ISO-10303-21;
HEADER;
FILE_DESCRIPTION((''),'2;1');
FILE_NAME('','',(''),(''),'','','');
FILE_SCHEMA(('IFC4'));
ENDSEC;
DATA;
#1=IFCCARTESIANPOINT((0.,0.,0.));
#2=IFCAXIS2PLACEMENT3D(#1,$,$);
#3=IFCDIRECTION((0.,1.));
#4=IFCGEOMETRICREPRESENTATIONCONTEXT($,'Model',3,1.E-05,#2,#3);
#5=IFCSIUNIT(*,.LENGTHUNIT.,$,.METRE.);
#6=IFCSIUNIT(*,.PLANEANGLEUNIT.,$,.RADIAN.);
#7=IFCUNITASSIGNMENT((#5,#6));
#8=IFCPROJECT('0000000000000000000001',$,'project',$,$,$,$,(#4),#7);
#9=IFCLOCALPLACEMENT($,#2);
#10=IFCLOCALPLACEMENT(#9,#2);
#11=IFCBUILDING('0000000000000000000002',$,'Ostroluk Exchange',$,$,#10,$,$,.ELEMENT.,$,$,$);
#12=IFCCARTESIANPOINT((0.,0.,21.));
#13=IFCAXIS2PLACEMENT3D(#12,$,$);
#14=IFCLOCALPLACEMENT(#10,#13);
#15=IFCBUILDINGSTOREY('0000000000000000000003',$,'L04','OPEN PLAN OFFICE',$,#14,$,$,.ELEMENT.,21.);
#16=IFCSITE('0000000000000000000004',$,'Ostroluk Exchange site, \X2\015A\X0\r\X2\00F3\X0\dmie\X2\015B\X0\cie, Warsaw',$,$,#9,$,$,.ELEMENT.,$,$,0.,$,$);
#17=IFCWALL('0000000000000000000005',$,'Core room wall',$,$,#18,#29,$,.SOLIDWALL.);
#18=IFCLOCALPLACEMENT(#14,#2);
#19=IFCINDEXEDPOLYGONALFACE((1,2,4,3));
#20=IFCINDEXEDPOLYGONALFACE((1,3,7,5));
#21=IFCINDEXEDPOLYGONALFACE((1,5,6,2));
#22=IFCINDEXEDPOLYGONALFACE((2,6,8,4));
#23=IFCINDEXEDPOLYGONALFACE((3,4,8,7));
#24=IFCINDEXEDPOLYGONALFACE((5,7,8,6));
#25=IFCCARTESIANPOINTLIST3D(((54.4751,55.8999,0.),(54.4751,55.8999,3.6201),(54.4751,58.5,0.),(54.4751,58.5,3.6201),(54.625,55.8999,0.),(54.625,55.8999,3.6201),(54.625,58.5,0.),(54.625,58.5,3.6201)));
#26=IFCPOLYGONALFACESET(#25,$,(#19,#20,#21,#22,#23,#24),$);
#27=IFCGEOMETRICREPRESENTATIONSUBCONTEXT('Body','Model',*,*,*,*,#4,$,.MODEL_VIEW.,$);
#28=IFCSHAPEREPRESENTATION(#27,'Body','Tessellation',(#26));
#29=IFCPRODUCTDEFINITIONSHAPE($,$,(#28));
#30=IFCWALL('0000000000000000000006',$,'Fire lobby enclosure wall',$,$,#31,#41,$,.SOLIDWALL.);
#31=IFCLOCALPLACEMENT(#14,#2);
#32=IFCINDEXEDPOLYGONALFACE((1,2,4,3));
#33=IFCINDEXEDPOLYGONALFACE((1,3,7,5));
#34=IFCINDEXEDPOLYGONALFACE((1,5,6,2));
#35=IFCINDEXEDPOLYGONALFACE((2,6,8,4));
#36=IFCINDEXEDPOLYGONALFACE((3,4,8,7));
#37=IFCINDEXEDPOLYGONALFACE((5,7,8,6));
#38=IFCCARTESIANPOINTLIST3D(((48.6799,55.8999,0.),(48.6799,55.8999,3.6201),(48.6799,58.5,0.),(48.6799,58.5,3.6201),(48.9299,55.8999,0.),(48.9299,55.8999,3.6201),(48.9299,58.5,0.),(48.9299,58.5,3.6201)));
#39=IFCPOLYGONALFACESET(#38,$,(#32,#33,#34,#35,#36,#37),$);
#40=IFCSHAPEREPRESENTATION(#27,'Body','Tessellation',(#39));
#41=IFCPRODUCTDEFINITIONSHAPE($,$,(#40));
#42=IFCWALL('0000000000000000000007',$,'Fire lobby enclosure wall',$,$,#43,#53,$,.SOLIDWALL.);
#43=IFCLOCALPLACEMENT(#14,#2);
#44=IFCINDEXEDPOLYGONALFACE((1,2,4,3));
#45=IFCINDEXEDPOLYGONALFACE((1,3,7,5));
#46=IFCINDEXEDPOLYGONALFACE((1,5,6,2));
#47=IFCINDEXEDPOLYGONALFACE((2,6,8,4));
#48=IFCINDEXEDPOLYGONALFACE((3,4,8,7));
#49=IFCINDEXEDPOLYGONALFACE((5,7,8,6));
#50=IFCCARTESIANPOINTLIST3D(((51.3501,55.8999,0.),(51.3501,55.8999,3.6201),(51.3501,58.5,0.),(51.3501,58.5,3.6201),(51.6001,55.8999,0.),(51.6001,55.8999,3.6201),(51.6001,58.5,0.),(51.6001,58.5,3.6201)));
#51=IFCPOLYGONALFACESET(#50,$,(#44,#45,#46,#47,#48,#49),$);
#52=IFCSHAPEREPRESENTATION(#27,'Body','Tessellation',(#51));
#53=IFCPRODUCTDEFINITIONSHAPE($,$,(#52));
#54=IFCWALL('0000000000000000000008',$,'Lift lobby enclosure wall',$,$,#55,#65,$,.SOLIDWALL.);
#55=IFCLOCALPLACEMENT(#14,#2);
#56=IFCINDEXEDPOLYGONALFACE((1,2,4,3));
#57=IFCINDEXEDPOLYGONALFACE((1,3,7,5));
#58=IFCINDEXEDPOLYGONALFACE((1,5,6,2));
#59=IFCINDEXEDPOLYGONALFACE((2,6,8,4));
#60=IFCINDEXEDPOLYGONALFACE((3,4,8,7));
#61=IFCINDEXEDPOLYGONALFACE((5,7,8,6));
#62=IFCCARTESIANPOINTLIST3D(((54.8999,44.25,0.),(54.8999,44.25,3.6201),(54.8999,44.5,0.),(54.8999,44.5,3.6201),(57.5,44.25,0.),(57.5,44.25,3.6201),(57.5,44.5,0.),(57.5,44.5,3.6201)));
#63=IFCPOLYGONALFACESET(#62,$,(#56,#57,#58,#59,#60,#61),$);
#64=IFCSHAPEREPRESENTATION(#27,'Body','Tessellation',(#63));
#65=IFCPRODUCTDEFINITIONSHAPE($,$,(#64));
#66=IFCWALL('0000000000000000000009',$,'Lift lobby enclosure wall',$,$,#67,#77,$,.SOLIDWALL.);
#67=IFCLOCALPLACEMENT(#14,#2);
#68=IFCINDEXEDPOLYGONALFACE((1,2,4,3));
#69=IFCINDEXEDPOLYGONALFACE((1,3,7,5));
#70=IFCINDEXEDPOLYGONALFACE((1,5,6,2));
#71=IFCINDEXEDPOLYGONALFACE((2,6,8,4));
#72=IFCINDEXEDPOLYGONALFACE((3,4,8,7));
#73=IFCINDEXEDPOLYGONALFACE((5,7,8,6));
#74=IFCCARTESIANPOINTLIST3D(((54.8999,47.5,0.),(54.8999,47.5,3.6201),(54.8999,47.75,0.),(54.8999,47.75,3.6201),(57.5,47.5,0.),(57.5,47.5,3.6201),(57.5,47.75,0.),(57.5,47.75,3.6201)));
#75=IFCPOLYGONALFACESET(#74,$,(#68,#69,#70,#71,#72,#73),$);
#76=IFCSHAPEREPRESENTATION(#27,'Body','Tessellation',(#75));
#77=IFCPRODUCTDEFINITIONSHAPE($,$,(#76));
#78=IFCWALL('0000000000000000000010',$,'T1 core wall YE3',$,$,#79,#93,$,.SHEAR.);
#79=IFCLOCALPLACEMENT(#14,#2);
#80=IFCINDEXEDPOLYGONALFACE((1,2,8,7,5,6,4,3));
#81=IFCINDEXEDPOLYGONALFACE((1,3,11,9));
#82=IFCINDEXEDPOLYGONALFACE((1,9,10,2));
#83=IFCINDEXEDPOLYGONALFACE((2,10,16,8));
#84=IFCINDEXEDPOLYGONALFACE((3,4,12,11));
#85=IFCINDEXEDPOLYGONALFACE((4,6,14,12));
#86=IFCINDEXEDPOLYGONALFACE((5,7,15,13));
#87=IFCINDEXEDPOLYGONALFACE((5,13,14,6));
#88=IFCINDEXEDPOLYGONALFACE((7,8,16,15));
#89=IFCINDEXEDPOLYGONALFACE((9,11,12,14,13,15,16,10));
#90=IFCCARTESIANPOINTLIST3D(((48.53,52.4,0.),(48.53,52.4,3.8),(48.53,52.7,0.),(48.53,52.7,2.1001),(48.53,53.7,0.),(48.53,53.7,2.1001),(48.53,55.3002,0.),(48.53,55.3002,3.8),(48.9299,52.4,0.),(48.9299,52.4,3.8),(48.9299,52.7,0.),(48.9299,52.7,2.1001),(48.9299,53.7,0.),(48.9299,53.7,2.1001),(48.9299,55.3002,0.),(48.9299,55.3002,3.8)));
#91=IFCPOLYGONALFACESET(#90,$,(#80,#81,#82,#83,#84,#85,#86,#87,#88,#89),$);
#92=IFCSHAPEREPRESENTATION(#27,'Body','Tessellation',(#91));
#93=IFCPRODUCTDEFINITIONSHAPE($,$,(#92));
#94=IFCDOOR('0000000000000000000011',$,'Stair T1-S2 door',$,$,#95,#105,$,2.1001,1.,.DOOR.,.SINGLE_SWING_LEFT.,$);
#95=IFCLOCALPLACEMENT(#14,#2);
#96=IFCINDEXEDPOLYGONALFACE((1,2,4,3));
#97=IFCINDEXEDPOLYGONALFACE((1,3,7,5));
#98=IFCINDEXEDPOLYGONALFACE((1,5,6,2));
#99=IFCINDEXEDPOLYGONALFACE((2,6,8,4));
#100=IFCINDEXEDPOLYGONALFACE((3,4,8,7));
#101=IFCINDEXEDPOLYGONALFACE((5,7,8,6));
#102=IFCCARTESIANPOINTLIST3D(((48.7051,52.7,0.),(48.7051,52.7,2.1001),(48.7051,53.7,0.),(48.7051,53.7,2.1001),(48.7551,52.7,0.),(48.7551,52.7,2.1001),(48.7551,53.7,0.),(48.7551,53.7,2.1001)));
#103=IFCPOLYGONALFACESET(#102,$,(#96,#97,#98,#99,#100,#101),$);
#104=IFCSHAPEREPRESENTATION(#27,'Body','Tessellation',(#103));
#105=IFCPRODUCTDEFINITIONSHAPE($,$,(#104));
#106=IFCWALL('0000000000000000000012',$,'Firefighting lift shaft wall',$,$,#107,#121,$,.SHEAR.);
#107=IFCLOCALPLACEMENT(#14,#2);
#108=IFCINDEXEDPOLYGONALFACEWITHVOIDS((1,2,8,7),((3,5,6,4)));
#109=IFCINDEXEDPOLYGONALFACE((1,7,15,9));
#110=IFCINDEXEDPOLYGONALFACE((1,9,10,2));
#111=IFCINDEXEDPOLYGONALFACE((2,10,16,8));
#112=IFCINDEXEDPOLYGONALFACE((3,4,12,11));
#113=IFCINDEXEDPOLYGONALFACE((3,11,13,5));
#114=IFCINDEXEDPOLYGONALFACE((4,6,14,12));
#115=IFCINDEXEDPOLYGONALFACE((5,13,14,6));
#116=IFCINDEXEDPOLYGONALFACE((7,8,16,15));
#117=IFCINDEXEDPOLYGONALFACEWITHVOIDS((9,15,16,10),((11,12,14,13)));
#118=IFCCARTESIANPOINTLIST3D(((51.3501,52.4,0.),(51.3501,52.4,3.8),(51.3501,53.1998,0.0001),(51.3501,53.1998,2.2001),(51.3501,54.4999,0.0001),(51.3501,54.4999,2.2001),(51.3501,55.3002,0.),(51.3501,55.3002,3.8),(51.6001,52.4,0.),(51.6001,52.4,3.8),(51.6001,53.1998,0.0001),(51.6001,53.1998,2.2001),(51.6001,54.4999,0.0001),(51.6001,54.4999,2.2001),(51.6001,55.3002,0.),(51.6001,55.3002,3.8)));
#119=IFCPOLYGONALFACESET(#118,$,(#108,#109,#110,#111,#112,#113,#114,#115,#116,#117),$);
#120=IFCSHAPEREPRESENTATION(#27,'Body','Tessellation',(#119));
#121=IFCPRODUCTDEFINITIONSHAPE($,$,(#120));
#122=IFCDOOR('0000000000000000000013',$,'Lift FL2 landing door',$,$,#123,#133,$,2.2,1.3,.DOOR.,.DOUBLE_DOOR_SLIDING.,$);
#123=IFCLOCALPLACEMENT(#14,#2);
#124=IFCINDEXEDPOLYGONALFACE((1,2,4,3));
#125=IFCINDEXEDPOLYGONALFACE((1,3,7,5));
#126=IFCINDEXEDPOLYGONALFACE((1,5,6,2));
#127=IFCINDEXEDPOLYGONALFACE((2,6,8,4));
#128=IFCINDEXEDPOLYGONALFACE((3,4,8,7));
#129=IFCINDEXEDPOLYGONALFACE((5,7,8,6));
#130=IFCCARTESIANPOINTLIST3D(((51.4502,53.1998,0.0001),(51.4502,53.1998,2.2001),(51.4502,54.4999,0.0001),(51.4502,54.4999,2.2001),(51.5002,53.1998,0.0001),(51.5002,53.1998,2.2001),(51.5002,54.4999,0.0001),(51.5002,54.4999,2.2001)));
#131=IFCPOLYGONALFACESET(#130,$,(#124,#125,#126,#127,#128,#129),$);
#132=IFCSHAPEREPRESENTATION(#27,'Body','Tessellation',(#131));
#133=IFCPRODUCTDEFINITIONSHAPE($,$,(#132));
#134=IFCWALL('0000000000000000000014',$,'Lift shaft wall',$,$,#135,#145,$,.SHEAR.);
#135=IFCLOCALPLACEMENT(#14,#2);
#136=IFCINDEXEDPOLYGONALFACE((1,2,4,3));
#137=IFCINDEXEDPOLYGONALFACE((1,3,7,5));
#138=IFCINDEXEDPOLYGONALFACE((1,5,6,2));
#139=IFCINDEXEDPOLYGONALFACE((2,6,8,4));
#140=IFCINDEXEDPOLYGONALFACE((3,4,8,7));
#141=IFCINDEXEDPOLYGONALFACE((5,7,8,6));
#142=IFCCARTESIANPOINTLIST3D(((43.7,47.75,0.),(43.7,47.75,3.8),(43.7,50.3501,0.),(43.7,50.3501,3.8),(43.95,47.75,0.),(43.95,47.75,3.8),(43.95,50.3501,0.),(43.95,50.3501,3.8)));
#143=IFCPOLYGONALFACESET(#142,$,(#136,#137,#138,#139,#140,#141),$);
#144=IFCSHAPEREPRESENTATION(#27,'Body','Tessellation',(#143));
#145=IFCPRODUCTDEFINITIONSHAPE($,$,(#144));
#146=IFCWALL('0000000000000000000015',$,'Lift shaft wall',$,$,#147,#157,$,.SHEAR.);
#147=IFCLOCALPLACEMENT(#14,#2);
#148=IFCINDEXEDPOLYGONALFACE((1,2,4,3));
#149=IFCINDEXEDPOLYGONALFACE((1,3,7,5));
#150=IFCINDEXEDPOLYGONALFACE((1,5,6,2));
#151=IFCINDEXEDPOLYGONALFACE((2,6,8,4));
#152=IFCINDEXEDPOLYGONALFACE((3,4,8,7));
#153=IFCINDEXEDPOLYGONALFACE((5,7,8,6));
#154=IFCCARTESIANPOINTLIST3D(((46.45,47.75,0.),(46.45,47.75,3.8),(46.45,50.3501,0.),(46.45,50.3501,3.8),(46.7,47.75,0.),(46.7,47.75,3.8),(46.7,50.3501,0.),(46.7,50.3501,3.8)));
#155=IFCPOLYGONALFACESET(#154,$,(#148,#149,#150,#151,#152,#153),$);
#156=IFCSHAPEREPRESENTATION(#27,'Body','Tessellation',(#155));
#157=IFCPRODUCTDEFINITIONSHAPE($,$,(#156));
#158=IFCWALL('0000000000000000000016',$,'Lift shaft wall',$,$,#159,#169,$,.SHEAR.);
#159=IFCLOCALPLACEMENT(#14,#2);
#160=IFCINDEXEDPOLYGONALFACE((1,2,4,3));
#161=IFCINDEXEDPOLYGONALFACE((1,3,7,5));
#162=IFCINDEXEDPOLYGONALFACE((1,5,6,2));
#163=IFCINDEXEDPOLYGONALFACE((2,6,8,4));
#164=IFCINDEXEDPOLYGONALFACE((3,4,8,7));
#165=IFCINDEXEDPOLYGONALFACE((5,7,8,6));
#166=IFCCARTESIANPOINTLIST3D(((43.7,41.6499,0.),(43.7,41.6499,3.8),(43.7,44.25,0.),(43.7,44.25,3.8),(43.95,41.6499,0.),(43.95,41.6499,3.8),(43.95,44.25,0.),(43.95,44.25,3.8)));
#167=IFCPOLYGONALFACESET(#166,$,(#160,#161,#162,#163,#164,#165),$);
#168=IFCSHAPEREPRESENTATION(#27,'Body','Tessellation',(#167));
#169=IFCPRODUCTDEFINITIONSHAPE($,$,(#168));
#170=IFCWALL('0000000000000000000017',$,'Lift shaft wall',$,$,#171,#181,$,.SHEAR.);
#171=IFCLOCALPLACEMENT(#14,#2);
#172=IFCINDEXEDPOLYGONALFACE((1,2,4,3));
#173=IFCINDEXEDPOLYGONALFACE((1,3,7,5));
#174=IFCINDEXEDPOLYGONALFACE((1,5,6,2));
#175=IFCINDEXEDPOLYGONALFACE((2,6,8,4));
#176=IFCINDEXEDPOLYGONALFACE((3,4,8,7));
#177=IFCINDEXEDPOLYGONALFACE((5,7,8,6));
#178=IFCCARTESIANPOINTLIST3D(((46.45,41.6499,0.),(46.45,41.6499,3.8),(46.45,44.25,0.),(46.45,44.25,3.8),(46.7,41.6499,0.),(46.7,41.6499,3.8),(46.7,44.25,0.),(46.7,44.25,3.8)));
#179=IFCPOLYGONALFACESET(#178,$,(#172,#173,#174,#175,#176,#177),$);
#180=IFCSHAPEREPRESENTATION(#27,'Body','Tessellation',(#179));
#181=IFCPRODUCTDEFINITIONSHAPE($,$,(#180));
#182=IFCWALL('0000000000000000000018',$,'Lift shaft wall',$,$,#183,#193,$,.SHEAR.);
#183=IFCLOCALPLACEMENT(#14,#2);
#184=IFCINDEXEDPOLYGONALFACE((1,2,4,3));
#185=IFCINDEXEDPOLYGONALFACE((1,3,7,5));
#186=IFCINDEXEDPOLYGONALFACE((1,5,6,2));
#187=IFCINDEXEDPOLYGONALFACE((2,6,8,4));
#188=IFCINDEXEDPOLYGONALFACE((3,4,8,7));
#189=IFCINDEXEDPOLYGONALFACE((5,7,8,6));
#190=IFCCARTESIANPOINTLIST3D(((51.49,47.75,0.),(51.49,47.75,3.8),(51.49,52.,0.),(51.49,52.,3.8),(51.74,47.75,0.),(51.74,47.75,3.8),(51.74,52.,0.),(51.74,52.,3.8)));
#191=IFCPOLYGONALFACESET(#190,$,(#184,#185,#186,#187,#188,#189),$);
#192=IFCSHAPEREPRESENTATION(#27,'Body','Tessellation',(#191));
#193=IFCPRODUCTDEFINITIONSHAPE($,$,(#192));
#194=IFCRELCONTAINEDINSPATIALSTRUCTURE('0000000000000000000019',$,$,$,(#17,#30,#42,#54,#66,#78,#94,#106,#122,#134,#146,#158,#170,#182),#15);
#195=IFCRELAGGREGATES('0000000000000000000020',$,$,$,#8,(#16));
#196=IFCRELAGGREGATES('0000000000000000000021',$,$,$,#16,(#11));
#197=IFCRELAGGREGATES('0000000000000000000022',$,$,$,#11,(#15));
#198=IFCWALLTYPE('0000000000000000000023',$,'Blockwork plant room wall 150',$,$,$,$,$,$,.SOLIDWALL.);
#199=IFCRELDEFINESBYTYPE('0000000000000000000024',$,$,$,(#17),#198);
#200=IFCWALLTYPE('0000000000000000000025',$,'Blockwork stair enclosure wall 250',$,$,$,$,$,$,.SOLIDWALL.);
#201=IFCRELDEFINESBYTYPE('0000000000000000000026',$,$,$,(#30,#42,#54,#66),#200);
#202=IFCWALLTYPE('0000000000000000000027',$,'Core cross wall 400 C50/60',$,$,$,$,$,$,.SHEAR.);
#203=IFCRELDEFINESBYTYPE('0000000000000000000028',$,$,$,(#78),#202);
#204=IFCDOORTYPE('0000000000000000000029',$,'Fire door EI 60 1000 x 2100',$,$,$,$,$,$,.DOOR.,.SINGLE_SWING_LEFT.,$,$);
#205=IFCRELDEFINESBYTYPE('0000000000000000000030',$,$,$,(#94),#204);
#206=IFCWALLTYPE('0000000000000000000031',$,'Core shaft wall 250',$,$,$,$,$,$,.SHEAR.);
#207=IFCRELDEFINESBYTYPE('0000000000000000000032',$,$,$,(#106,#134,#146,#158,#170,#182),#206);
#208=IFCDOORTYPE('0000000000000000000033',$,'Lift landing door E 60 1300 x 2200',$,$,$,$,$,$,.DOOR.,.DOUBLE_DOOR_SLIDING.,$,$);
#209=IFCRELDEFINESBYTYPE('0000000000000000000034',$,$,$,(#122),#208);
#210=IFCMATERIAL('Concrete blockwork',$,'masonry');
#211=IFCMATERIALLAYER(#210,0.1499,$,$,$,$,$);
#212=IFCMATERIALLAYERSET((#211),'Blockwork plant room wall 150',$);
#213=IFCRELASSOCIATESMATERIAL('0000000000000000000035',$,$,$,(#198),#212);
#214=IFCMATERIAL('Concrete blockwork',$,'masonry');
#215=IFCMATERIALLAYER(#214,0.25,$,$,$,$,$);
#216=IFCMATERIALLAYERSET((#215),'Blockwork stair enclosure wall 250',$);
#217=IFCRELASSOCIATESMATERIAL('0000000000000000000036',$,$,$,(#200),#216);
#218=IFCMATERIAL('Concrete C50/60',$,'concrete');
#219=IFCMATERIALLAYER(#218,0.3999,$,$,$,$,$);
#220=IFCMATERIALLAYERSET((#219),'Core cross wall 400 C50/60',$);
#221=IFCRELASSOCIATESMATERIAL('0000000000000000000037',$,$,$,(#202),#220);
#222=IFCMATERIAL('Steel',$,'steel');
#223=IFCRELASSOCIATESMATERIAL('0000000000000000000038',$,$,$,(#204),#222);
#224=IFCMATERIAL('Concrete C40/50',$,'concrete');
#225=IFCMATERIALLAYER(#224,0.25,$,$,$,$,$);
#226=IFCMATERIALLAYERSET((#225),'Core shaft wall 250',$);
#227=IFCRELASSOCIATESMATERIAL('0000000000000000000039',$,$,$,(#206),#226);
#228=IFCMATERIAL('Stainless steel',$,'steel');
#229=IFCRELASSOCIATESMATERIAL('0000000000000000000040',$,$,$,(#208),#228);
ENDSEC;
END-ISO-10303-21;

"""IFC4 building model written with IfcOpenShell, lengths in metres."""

from ifc_helpers import new_model, si_unit, direction, frame, frame_2d, origin, place, context, subcontext, project, spatial, rectangle, extrude, material, layer, layer_set, type_object, element, fill, save


model = new_model("IFC4")

# Units and contexts
model_context = context("Model", 3, precision=1e-05, world=origin(), true_north=direction((0.0, 1.0)))
body_context = subcontext(model_context, "Body", "Model", "MODEL_VIEW")
ifc_project = project(units=[si_unit("LENGTHUNIT", "METRE"), si_unit("PLANEANGLEUNIT", "RADIAN")], contexts=[model_context])

# Site, building, storey
site_placement = place(None, origin())
site = spatial("IfcSite", under=ifc_project, at=site_placement, Name="Ostroluk Exchange site, Śródmieście, Warsaw", CompositionType="ELEMENT", RefElevation=0.0)
building_placement = place(site_placement, origin())
building = spatial("IfcBuilding", under=site, at=building_placement, Name="Ostroluk Exchange", CompositionType="ELEMENT")
storey_placement = place(building_placement, frame((0.0, 0.0, 21.0)))
storey = spatial("IfcBuildingStorey", under=building, at=storey_placement, Name="L04", Description="OPEN PLAN OFFICE", CompositionType="ELEMENT", Elevation=21.0)

# Walls
ifc_material_1 = material(Name="Concrete blockwork", Category="masonry")
ifc_layer_1 = layer(ifc_material_1, 0.1499)
ifc_layer_set_1 = layer_set([ifc_layer_1], Name="Blockwork plant room wall 150")
wall_type_1 = type_object("IfcWallType", Name="Blockwork plant room wall 150", PredefinedType="SOLIDWALL", material=ifc_layer_set_1)
wall_1_placement = place(storey_placement, frame((54.55, 55.8999, 0.0), z_axis=(0.0, 0.0, 1.0), x_axis=(0.0, 1.0, 0.0)))
element("IfcWall", 1, at=wall_1_placement, inside=storey, type_object=wall_type_1, Name="Core room wall", PredefinedType="SOLIDWALL", context=body_context, shape_type="SweptSolid", body=[
    extrude(rectangle(XDim=2.6001, YDim=0.1499, at=frame_2d((1.3, 0.0))), origin(), (0.0, 0.0, 1.0), 3.6201),
])
ifc_material_2 = material(Name="Concrete blockwork", Category="masonry")
ifc_layer_2 = layer(ifc_material_2, 0.25)
ifc_layer_set_2 = layer_set([ifc_layer_2], Name="Blockwork stair enclosure wall 250")
wall_type_2 = type_object("IfcWallType", Name="Blockwork stair enclosure wall 250", PredefinedType="SOLIDWALL", material=ifc_layer_set_2)
for number, where, z_axis, x_axis, name in (
    (2, (48.8049, 55.8999, 0.0), (0.0, 0.0, 1.0), (0.0, 1.0, 0.0), "Fire lobby enclosure wall"),
    (3, (51.4751, 55.8999, 0.0), (0.0, 0.0, 1.0), (0.0, 1.0, 0.0), "Fire lobby enclosure wall"),
    (4, (54.8999, 44.375, 0.0), (0.0, 0.0, 1.0), (1.0, 0.0, 0.0), "Lift lobby enclosure wall"),
    (5, (54.8999, 47.625, 0.0), (0.0, 0.0, 1.0), (1.0, 0.0, 0.0), "Lift lobby enclosure wall"),
):
    element("IfcWall", number, at=place(storey_placement, frame(where, z_axis=z_axis, x_axis=x_axis)), inside=storey, type_object=wall_type_2, Name=name, PredefinedType="SOLIDWALL", context=body_context, shape_type="SweptSolid", body=[
        extrude(rectangle(XDim=2.6001, YDim=0.25, at=frame_2d((1.3, 0.0))), origin(), (0.0, 0.0, 1.0), 3.6201),
    ])

# Walls, openings, doors
ifc_material_3 = material(Name="Concrete C50/60", Category="concrete")
ifc_layer_3 = layer(ifc_material_3, 0.3999)
ifc_layer_set_3 = layer_set([ifc_layer_3], Name="Core cross wall 400 C50/60")
wall_type_3 = type_object("IfcWallType", Name="Core cross wall 400 C50/60", PredefinedType="SHEAR", material=ifc_layer_set_3)
wall_2_placement = place(storey_placement, frame((48.73, 52.3999, 0.0), z_axis=(0.0, 0.0, 1.0), x_axis=(0.0, 1.0, 0.0)))
wall_2 = element("IfcWall", 6, at=wall_2_placement, inside=storey, type_object=wall_type_3, Name="T1 core wall YE3", PredefinedType="SHEAR", context=body_context, shape_type="SweptSolid", body=[
    extrude(rectangle(XDim=2.9001, YDim=0.3999, at=frame_2d((1.4502, 0.0))), origin(), (0.0, 0.0, 1.0), 3.8),
])
opening_1_placement = place(wall_2_placement, frame((0.3, 0.0, 0.0)))
opening_1 = element("IfcOpeningElement", 7, at=opening_1_placement, cuts=wall_2, PredefinedType="OPENING", context=body_context, shape_type="SweptSolid", body=[
    extrude(rectangle(XDim=1.0, YDim=2.1001, at=frame_2d((0.5, 1.05))), frame((0.0, 0.21, 0.0), z_axis=(0.0, -1.0, 0.0), x_axis=(1.0, 0.0, 0.0)), (0.0, 0.0, 1.0), 0.4199),
])
ifc_material_4 = material(Name="Steel", Category="steel")
door_type_1 = type_object("IfcDoorType", Name="Fire door EI 60 1000 x 2100", OperationType="SINGLE_SWING_LEFT", PredefinedType="DOOR", material=ifc_material_4)
door_1_placement = place(opening_1_placement, origin())
door_1 = element("IfcDoor", 8, at=door_1_placement, inside=storey, type_object=door_type_1, Name="Stair T1-S2 door", OperationType="SINGLE_SWING_LEFT", OverallHeight=2.1001, OverallWidth=1.0, PredefinedType="DOOR", context=body_context, shape_type="SweptSolid", body=[
    extrude(rectangle(XDim=1.0, YDim=2.1001, at=frame_2d((0.5, 1.05))), frame((0.0, 0.0249, 0.0), z_axis=(0.0, -1.0, 0.0), x_axis=(1.0, 0.0, 0.0)), (0.0, 0.0, 1.0), 0.05),
])
fill(opening_1, door_1)
ifc_material_5 = material(Name="Concrete C40/50", Category="concrete")
ifc_layer_4 = layer(ifc_material_5, 0.25)
ifc_layer_set_4 = layer_set([ifc_layer_4], Name="Core shaft wall 250")
wall_type_4 = type_object("IfcWallType", Name="Core shaft wall 250", PredefinedType="SHEAR", material=ifc_layer_set_4)
wall_3_placement = place(storey_placement, frame((51.4751, 52.3999, 0.0), z_axis=(0.0, 0.0, 1.0), x_axis=(0.0, 1.0, 0.0)))
wall_3 = element("IfcWall", 9, at=wall_3_placement, inside=storey, type_object=wall_type_4, Name="Firefighting lift shaft wall", PredefinedType="SHEAR", context=body_context, shape_type="SweptSolid", body=[
    extrude(rectangle(XDim=2.9001, YDim=0.25, at=frame_2d((1.4502, 0.0))), origin(), (0.0, 0.0, 1.0), 3.8),
])
opening_2_placement = place(wall_3_placement, frame((0.8, 0.0, 0.0)))
opening_2 = element("IfcOpeningElement", 10, at=opening_2_placement, cuts=wall_3, PredefinedType="OPENING", context=body_context, shape_type="SweptSolid", body=[
    extrude(rectangle(XDim=1.3, YDim=2.2, at=frame_2d((0.6499, 1.1001))), frame((0.0, 0.135, 0.0), z_axis=(0.0, -1.0, 0.0), x_axis=(1.0, 0.0, 0.0)), (0.0, 0.0, 1.0), 0.27),
])
ifc_material_6 = material(Name="Stainless steel", Category="steel")
door_type_2 = type_object("IfcDoorType", Name="Lift landing door E 60 1300 x 2200", OperationType="DOUBLE_DOOR_SLIDING", PredefinedType="DOOR", material=ifc_material_6)
door_2_placement = place(opening_2_placement, origin())
door_2 = element("IfcDoor", 11, at=door_2_placement, inside=storey, type_object=door_type_2, Name="Lift FL2 landing door", OperationType="DOUBLE_DOOR_SLIDING", OverallHeight=2.2, OverallWidth=1.3, PredefinedType="DOOR", context=body_context, shape_type="SweptSolid", body=[
    extrude(rectangle(XDim=1.3, YDim=2.2, at=frame_2d((0.6499, 1.1001))), frame((0.0, 0.0249, 0.0), z_axis=(0.0, -1.0, 0.0), x_axis=(1.0, 0.0, 0.0)), (0.0, 0.0, 1.0), 0.05),
])
fill(opening_2, door_2)

# Walls
for number, where, z_axis, x_axis, name in (
    (12, (43.825, 47.75, 0.0), (0.0, 0.0, 1.0), (0.0, 1.0, 0.0), "Lift shaft wall"),
    (13, (46.575, 47.75, 0.0), (0.0, 0.0, 1.0), (0.0, 1.0, 0.0), "Lift shaft wall"),
    (14, (43.825, 44.25, 0.0), (0.0, 0.0, 1.0), (0.0, -1.0, 0.0), "Lift shaft wall"),
    (15, (46.575, 44.25, 0.0), (0.0, 0.0, 1.0), (0.0, -1.0, 0.0), "Lift shaft wall"),
):
    element("IfcWall", number, at=place(storey_placement, frame(where, z_axis=z_axis, x_axis=x_axis)), inside=storey, type_object=wall_type_4, Name=name, PredefinedType="SHEAR", context=body_context, shape_type="SweptSolid", body=[
        extrude(rectangle(XDim=2.6001, YDim=0.25, at=frame_2d((1.3, 0.0))), origin(), (0.0, 0.0, 1.0), 3.8),
    ])
wall_4_placement = place(storey_placement, frame((51.615, 47.75, 0.0), z_axis=(0.0, 0.0, 1.0), x_axis=(0.0, 1.0, 0.0)))
element("IfcWall", 16, at=wall_4_placement, inside=storey, type_object=wall_type_4, Name="Lift shaft wall", PredefinedType="SHEAR", context=body_context, shape_type="SweptSolid", body=[
    extrude(rectangle(XDim=4.25, YDim=0.25, at=frame_2d((2.125, 0.0))), origin(), (0.0, 0.0, 1.0), 3.8),
])

save(model, "model.ifc")
